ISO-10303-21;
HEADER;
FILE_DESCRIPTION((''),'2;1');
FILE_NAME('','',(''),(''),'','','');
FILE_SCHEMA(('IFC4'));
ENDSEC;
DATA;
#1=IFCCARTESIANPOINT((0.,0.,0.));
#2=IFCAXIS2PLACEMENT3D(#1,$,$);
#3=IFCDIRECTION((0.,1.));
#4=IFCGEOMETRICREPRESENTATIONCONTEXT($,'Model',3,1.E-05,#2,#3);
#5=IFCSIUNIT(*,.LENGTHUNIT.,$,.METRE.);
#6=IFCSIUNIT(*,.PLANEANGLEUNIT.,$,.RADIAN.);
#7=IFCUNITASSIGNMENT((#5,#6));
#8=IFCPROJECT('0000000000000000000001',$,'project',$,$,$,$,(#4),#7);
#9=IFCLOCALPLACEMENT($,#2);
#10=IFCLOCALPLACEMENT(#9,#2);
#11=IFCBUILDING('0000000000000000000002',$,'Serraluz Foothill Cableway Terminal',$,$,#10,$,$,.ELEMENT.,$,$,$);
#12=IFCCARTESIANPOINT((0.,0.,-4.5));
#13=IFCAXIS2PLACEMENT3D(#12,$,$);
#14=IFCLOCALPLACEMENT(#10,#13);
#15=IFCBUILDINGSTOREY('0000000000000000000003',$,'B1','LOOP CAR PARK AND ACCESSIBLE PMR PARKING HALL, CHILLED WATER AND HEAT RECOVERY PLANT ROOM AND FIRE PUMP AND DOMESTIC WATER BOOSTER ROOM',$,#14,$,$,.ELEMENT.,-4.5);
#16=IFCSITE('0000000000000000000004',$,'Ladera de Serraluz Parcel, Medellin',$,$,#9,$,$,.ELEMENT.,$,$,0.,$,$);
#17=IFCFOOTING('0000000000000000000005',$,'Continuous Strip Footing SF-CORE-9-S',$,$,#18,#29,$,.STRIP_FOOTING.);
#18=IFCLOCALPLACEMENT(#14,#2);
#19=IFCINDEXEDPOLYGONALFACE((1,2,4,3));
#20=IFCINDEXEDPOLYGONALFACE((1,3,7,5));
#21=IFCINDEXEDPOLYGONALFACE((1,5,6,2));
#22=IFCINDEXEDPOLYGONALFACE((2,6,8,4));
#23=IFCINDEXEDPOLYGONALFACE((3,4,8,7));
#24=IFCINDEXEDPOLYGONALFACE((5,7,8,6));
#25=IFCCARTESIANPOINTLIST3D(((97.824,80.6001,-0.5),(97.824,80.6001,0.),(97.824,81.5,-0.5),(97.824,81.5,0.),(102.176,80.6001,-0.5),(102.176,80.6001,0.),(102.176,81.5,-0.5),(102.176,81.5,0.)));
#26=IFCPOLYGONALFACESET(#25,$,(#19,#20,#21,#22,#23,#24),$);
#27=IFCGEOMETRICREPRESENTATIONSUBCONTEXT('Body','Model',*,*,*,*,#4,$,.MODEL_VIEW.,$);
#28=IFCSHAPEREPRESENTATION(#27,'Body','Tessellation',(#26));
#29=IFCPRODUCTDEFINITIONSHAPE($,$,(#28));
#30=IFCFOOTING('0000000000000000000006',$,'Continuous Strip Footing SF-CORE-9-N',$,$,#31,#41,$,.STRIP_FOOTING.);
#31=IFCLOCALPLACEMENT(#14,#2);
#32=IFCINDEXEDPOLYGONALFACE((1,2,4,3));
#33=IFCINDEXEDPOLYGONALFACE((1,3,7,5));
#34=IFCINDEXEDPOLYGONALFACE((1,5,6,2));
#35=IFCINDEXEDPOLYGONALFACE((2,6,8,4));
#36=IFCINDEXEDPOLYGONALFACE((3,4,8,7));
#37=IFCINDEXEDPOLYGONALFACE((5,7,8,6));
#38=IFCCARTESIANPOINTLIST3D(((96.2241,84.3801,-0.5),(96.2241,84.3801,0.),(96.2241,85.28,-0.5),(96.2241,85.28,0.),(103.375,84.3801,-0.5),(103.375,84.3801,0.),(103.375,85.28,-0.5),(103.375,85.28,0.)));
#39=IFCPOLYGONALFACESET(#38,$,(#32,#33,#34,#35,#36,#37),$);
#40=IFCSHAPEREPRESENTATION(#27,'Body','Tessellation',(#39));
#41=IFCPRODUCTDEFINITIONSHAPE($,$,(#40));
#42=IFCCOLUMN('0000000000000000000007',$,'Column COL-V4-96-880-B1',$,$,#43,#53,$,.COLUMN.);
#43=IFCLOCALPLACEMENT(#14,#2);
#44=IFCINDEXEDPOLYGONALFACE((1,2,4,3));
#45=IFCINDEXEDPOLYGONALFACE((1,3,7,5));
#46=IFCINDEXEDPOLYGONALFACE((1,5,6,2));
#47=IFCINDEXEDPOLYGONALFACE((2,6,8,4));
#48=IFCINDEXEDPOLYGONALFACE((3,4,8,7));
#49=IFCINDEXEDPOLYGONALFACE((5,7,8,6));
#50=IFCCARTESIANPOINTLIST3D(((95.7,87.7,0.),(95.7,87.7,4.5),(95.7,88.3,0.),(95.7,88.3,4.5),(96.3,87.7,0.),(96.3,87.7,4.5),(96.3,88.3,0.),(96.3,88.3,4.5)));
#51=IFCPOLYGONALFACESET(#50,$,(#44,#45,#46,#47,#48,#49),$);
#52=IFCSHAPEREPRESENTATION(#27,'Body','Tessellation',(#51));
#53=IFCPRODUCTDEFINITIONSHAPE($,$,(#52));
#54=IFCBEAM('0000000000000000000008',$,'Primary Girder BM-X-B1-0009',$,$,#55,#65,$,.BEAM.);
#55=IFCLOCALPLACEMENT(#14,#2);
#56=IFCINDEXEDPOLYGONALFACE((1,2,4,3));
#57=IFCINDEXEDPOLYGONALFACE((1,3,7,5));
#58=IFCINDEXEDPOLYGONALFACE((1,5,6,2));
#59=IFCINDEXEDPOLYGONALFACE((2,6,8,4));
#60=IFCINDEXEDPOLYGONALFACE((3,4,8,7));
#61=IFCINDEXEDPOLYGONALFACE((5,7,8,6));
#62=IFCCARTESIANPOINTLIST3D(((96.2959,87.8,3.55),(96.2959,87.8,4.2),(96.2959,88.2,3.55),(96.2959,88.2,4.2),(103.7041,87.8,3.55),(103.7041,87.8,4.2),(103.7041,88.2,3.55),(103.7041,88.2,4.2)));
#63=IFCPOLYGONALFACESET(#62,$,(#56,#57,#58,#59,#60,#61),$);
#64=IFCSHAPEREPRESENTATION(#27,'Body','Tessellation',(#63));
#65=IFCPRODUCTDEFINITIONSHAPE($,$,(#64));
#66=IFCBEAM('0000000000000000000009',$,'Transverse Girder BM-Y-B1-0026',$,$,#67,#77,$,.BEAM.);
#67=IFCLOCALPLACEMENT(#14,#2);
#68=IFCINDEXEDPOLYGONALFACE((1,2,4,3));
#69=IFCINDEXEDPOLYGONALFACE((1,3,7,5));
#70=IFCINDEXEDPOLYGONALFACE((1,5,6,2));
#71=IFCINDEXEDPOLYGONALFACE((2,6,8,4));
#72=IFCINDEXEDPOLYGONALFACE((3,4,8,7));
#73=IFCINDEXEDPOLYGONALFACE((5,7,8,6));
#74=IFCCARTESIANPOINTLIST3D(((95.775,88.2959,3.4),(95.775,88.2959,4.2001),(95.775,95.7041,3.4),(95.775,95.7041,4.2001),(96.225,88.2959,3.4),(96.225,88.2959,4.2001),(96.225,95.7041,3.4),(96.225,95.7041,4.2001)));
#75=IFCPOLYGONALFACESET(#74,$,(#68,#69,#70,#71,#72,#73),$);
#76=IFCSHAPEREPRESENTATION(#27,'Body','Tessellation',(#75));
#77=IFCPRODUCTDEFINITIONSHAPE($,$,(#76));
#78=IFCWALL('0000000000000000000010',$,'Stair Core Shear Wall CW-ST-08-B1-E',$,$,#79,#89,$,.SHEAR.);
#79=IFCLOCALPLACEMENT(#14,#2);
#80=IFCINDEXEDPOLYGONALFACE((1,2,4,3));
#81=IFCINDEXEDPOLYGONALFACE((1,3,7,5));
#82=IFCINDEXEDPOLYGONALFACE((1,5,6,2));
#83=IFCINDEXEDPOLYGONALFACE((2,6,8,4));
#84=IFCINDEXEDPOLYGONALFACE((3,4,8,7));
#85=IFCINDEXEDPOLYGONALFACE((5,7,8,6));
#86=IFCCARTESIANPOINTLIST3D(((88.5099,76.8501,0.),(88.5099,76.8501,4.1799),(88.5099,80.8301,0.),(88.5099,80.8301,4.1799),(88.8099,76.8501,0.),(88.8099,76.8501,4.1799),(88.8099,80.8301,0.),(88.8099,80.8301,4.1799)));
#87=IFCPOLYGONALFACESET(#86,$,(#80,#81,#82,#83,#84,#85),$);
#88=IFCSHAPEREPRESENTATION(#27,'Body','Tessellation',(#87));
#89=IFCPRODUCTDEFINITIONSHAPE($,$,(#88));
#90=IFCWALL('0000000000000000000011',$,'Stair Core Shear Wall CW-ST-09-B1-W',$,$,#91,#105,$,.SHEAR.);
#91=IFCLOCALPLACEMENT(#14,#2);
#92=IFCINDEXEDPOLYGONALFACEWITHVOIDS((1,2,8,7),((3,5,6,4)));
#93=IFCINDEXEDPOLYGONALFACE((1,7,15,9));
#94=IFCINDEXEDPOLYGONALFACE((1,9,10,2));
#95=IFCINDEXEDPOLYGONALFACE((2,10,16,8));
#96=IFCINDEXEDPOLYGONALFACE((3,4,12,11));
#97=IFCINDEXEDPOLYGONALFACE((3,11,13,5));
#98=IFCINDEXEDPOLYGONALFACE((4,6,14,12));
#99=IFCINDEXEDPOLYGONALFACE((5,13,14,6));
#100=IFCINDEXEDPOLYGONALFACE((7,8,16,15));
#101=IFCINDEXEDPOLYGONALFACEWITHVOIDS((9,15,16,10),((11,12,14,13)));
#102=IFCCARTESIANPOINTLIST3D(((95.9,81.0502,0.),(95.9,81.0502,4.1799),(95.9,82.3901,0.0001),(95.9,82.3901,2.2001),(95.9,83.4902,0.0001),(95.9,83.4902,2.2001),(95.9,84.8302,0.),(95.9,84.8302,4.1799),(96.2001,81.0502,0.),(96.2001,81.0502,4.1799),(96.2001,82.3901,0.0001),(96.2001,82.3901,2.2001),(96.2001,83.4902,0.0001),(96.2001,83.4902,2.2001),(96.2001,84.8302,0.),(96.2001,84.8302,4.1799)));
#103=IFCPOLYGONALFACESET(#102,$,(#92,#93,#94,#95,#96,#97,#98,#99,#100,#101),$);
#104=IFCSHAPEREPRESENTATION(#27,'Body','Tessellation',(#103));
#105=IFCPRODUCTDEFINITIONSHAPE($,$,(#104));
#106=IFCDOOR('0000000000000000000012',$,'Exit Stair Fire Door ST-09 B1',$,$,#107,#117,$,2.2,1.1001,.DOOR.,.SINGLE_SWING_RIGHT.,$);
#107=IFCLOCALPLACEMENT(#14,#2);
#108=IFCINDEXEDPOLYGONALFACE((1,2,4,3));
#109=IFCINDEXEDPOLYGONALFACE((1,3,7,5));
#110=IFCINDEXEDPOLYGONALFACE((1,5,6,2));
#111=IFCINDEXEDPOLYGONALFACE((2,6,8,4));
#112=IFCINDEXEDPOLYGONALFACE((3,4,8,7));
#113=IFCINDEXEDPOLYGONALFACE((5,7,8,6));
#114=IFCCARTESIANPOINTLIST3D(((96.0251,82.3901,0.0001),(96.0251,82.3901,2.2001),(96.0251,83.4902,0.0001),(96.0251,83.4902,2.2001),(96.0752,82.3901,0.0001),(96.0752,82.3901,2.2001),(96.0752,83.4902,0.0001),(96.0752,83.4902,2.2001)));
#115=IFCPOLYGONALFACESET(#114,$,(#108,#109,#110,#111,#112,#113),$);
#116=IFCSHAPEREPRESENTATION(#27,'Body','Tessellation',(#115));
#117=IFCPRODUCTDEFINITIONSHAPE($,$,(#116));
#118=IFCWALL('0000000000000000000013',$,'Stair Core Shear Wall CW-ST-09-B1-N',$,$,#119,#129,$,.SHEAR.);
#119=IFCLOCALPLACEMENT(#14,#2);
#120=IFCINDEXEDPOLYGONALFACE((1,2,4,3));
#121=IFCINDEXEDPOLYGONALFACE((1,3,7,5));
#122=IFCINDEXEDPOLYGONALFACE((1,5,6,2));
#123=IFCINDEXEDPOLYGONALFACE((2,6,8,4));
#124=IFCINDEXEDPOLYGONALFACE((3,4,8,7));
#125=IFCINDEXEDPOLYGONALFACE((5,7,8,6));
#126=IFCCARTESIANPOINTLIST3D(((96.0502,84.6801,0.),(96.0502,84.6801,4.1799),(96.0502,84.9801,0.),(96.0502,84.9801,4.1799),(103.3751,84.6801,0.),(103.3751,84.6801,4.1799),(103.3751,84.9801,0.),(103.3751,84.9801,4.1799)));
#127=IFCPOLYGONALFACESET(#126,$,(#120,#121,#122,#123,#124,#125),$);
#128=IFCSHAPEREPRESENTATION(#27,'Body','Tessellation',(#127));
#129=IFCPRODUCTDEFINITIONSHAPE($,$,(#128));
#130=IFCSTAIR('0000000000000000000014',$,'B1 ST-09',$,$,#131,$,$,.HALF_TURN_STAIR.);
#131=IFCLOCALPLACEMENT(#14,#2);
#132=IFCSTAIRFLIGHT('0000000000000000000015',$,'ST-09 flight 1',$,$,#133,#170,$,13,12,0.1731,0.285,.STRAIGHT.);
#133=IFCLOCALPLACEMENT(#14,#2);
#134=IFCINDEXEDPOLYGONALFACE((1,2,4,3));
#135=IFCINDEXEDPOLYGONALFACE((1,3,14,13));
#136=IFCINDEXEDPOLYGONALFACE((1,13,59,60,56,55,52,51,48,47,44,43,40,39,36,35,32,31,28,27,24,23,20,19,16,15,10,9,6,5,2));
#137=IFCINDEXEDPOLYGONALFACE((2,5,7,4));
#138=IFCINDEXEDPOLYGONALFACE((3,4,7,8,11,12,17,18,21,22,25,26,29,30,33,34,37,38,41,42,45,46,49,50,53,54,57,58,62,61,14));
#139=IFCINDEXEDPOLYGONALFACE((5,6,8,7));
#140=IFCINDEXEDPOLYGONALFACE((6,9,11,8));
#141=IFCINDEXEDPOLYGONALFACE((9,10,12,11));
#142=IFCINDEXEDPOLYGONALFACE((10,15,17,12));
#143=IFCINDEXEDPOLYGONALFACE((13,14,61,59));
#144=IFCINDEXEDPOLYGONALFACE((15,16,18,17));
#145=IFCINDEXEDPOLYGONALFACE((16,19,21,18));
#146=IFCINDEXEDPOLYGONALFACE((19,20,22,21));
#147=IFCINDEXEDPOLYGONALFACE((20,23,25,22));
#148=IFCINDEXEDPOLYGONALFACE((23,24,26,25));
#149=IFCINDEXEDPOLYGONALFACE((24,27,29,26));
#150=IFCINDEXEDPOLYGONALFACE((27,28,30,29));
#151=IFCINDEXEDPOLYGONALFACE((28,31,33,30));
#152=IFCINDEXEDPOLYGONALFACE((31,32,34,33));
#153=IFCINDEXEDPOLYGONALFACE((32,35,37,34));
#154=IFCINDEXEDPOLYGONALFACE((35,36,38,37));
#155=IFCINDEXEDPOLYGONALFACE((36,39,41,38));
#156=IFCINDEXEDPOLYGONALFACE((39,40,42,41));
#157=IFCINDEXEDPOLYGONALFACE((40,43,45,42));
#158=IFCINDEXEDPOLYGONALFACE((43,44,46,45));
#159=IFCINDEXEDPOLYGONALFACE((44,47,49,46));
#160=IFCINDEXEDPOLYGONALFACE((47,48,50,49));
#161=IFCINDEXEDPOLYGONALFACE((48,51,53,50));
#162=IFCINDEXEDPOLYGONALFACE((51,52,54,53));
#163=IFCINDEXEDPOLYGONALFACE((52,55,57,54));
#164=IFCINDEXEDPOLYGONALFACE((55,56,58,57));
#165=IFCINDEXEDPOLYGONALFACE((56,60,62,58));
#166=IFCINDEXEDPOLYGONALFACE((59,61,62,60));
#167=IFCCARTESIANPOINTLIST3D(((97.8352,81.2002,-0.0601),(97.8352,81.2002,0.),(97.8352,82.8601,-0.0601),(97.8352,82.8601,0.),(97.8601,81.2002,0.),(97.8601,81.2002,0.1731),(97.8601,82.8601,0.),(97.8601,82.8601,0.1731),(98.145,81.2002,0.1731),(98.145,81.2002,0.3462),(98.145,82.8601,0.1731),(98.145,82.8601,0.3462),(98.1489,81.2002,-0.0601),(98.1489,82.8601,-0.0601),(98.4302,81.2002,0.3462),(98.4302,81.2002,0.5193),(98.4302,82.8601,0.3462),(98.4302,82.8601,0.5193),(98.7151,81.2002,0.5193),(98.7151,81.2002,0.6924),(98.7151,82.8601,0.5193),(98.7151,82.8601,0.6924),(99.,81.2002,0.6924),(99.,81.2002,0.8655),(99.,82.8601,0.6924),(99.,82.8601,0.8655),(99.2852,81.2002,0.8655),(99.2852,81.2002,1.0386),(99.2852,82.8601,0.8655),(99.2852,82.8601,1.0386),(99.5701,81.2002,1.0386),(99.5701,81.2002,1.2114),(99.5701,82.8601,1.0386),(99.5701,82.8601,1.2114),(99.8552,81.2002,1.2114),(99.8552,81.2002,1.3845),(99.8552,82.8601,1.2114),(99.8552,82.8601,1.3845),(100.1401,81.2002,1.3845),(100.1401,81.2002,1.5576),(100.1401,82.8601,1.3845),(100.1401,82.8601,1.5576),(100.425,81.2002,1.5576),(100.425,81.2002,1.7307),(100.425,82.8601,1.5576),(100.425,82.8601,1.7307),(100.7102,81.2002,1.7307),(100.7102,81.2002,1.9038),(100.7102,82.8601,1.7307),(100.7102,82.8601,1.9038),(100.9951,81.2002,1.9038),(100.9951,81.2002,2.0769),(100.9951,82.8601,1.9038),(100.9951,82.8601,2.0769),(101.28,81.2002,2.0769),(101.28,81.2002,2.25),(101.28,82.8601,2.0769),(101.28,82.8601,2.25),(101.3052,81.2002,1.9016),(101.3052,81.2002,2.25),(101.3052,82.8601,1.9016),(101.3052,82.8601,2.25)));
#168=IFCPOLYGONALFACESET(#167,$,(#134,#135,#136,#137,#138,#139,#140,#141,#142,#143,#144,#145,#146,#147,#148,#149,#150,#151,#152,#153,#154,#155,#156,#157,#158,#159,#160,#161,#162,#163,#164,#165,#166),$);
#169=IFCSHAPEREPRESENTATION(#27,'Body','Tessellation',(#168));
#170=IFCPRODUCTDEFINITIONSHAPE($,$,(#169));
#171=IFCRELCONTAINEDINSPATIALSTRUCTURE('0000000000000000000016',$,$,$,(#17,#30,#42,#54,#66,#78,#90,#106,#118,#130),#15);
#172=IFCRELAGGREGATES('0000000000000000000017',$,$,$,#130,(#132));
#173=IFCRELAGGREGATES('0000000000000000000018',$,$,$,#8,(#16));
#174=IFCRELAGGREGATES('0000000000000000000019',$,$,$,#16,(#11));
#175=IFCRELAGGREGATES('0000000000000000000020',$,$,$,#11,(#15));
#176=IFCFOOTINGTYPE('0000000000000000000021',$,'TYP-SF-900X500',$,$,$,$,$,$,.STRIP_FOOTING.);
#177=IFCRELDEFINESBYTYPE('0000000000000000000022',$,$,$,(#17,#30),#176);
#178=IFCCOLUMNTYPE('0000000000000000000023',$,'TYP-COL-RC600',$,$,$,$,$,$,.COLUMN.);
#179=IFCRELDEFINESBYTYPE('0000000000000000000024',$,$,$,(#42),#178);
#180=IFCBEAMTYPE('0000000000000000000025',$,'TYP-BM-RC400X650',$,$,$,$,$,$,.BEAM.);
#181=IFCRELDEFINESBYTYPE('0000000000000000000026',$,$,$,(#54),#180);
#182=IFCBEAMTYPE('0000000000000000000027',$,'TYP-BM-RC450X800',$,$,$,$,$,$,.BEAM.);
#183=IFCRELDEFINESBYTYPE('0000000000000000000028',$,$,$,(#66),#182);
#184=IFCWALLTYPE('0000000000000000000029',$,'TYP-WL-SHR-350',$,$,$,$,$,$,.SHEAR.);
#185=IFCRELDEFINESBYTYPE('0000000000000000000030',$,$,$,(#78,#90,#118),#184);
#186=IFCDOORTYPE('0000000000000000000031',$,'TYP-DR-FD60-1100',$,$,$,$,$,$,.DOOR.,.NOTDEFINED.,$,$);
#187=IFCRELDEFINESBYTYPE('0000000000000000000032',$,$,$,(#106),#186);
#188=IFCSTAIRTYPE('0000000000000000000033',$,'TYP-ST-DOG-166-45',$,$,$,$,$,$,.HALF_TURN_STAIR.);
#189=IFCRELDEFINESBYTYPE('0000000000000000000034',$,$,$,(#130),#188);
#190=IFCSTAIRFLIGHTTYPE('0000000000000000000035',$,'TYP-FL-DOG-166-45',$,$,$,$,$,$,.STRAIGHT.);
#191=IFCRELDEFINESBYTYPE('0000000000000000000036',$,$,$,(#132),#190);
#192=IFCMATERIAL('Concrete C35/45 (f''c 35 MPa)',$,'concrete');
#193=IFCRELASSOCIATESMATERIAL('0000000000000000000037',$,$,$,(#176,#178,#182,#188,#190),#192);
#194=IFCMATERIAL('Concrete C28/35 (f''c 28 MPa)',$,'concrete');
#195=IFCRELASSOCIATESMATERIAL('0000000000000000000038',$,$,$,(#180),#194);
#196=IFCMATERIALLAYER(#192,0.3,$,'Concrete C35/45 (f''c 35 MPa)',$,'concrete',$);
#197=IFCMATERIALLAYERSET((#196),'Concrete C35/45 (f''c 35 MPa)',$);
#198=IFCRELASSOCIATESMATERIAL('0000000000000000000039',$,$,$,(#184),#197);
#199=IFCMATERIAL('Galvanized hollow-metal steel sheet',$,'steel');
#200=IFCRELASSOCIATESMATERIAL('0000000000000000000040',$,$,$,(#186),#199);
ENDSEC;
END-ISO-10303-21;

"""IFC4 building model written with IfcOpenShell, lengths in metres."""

from ifc_helpers import new_model, si_unit, direction, frame, frame_2d, origin, origin_2d, place, context, subcontext, project, spatial, polyline, rectangle, outline, extrude, material, layer, layer_set, material_profile, profile_set, type_object, element, fill, aggregate, save


model = new_model("IFC4")

# Units and contexts
model_context = context("Model", 3, precision=1e-05, world=origin(), true_north=direction((0.0, 1.0)))
body_context = subcontext(model_context, "Body", "Model", "MODEL_VIEW")
ifc_project = project(units=[si_unit("LENGTHUNIT", "METRE"), si_unit("PLANEANGLEUNIT", "RADIAN")], contexts=[model_context])

# Site, building, storey
site_placement = place(None, origin())
site = spatial("IfcSite", under=ifc_project, at=site_placement, Name="Ladera de Serraluz Parcel, Medellin", CompositionType="ELEMENT", RefElevation=0.0)
building_placement = place(site_placement, origin())
building = spatial("IfcBuilding", under=site, at=building_placement, Name="Serraluz Foothill Cableway Terminal", CompositionType="ELEMENT")
storey_placement = place(building_placement, frame((0.0, 0.0, -4.5)))
storey = spatial("IfcBuildingStorey", under=building, at=storey_placement, Name="B1", Description="LOOP CAR PARK AND ACCESSIBLE PMR PARKING HALL, CHILLED WATER AND HEAT RECOVERY PLANT ROOM AND FIRE PUMP AND DOMESTIC WATER BOOSTER ROOM", CompositionType="ELEMENT", Elevation=-4.5)

# Shared definitions
ifc_material_1 = material(Name="Concrete C35/45 (f'c 35 MPa)", Category="concrete")

# Shared definitions
ifc_material_2 = material(Name="Concrete C28/35 (f'c 28 MPa)", Category="concrete")

# Footings
ifc_material_profile_1 = material_profile(ifc_material_1, rectangle(XDim=0.8999, YDim=0.5, at=origin_2d()), Name="SF 900x500")
ifc_profile_set_1 = profile_set([ifc_material_profile_1], Name="Concrete C35/45 (f'c 35 MPa)")
footing_type_1 = type_object("IfcFootingType", Name="TYP-SF-900X500", PredefinedType="STRIP_FOOTING", material=ifc_profile_set_1)
footing_1_placement = place(storey_placement, frame((97.824, 81.05, -0.25), z_axis=(1.0, 0.0, 0.0), x_axis=(0.0, 1.0, 0.0)))
element("IfcFooting", 1, at=footing_1_placement, inside=storey, type_object=footing_type_1, Name="Continuous Strip Footing SF-CORE-9-S", PredefinedType="STRIP_FOOTING", context=body_context, shape_type="SweptSolid", body=[
    extrude(rectangle(XDim=0.8999, YDim=0.5, at=origin_2d()), origin(), (0.0, 0.0, 1.0), 4.3521),
])
footing_2_placement = place(storey_placement, frame((96.2241, 84.8301, -0.25), z_axis=(1.0, 0.0, 0.0), x_axis=(0.0, 1.0, 0.0)))
element("IfcFooting", 2, at=footing_2_placement, inside=storey, type_object=footing_type_1, Name="Continuous Strip Footing SF-CORE-9-N", PredefinedType="STRIP_FOOTING", context=body_context, shape_type="SweptSolid", body=[
    extrude(rectangle(XDim=0.8999, YDim=0.5, at=origin_2d()), origin(), (0.0, 0.0, 1.0), 7.1509),
])

# Column
ifc_material_profile_2 = material_profile(ifc_material_1, rectangle(XDim=0.6001, YDim=0.6001, at=origin_2d()), Name="RC 600x600")
ifc_profile_set_2 = profile_set([ifc_material_profile_2], Name="Concrete C35/45 (f'c 35 MPa)")
column_type = type_object("IfcColumnType", Name="TYP-COL-RC600", PredefinedType="COLUMN", material=ifc_profile_set_2)
column_placement = place(storey_placement, frame((96.0, 88.0, 0.0), z_axis=(0.0, 0.0, 1.0), x_axis=(1.0, 0.0, 0.0)))
element("IfcColumn", 3, at=column_placement, inside=storey, type_object=column_type, Name="Column COL-V4-96-880-B1", PredefinedType="COLUMN", context=body_context, shape_type="SweptSolid", body=[
    extrude(rectangle(XDim=0.6001, YDim=0.6001, at=origin_2d()), origin(), (0.0, 0.0, 1.0), 4.5),
])

# Beams
ifc_material_profile_3 = material_profile(ifc_material_2, rectangle(XDim=0.3999, YDim=0.6499, at=origin_2d()), Name="RC 400x650")
ifc_profile_set_3 = profile_set([ifc_material_profile_3], Name="Concrete C28/35 (f'c 28 MPa)")
beam_type_1 = type_object("IfcBeamType", Name="TYP-BM-RC400X650", PredefinedType="BEAM", material=ifc_profile_set_3)
beam_1_placement = place(storey_placement, frame((96.2959, 88.0, 3.875), z_axis=(1.0, 0.0, 0.0), x_axis=(0.0, 1.0, 0.0)))
element("IfcBeam", 4, at=beam_1_placement, inside=storey, type_object=beam_type_1, Name="Primary Girder BM-X-B1-0009", PredefinedType="BEAM", context=body_context, shape_type="SweptSolid", body=[
    extrude(rectangle(XDim=0.3999, YDim=0.6499, at=origin_2d()), origin(), (0.0, 0.0, 1.0), 7.4082),
])
ifc_material_profile_4 = material_profile(ifc_material_1, rectangle(XDim=0.45, YDim=0.8, at=origin_2d()), Name="RC 450x800")
ifc_profile_set_4 = profile_set([ifc_material_profile_4], Name="Concrete C35/45 (f'c 35 MPa)")
beam_type_2 = type_object("IfcBeamType", Name="TYP-BM-RC450X800", PredefinedType="BEAM", material=ifc_profile_set_4)
beam_2_placement = place(storey_placement, frame((96.0, 88.2959, 3.8), z_axis=(0.0, 1.0, 0.0), x_axis=(-1.0, 0.0, 0.0)))
element("IfcBeam", 5, at=beam_2_placement, inside=storey, type_object=beam_type_2, Name="Transverse Girder BM-Y-B1-0026", PredefinedType="BEAM", context=body_context, shape_type="SweptSolid", body=[
    extrude(rectangle(XDim=0.45, YDim=0.8, at=origin_2d()), origin(), (0.0, 0.0, 1.0), 7.4082),
])

# Wall
ifc_layer_1 = layer(ifc_material_1, 0.3, Name="Concrete C35/45 (f'c 35 MPa)", Category="concrete")
ifc_layer_set_1 = layer_set([ifc_layer_1], Name="Concrete C35/45 (f'c 35 MPa)")
wall_type = type_object("IfcWallType", Name="TYP-WL-SHR-350", PredefinedType="SHEAR", material=ifc_layer_set_1)
wall_1_placement = place(storey_placement, frame((88.6599, 80.8301, 0.0), z_axis=(0.0, 0.0, 1.0), x_axis=(0.0, -1.0, 0.0)))
element("IfcWall", 6, at=wall_1_placement, inside=storey, type_object=wall_type, Name="Stair Core Shear Wall CW-ST-08-B1-E", PredefinedType="SHEAR", context=body_context, shape_type="SweptSolid", body=[
    extrude(rectangle(XDim=3.98, YDim=0.3, at=frame_2d((1.99, 0.0))), origin(), (0.0, 0.0, 1.0), 4.1799),
])

# Wall, opening, door
wall_2_placement = place(storey_placement, frame((96.05, 81.05, 0.0), z_axis=(0.0, 0.0, 1.0), x_axis=(0.0, 1.0, 0.0)))
wall_2 = element("IfcWall", 7, at=wall_2_placement, inside=storey, type_object=wall_type, Name="Stair Core Shear Wall CW-ST-09-B1-W", PredefinedType="SHEAR", context=body_context, shape_type="SweptSolid", body=[
    extrude(rectangle(XDim=3.78, YDim=0.3, at=frame_2d((1.8901, 0.0))), origin(), (0.0, 0.0, 1.0), 4.1799),
])
opening_placement = place(wall_2_placement, frame((1.3401, 0.0, 0.0)))
opening = element("IfcOpeningElement", 8, at=opening_placement, cuts=wall_2, PredefinedType="OPENING", context=body_context, shape_type="SweptSolid", body=[
    extrude(rectangle(XDim=1.1001, YDim=2.2, at=frame_2d((0.55, 1.1001))), frame((0.0, 0.1602, 0.0), z_axis=(0.0, -1.0, 0.0), x_axis=(1.0, 0.0, 0.0)), (0.0, 0.0, 1.0), 0.3201),
])
ifc_material_3 = material(Name="Galvanized hollow-metal steel sheet", Category="steel")
door_type = type_object("IfcDoorType", Name="TYP-DR-FD60-1100", OperationType="NOTDEFINED", PredefinedType="DOOR", material=ifc_material_3)
door_placement = place(opening_placement, origin())
door = element("IfcDoor", 9, at=door_placement, inside=storey, type_object=door_type, Name="Exit Stair Fire Door ST-09 B1", OperationType="SINGLE_SWING_RIGHT", OverallHeight=2.2, OverallWidth=1.1001, PredefinedType="DOOR", context=body_context, shape_type="SweptSolid", body=[
    extrude(rectangle(XDim=1.1001, YDim=2.2, at=frame_2d((0.55, 1.1001))), frame((0.0, 0.0249, 0.0), z_axis=(0.0, -1.0, 0.0), x_axis=(1.0, 0.0, 0.0)), (0.0, 0.0, 1.0), 0.05),
])
fill(opening, door)

# Wall
wall_3_placement = place(storey_placement, frame((96.05, 84.8301, 0.0), z_axis=(0.0, 0.0, 1.0), x_axis=(1.0, 0.0, 0.0)))
element("IfcWall", 10, at=wall_3_placement, inside=storey, type_object=wall_type, Name="Stair Core Shear Wall CW-ST-09-B1-N", PredefinedType="SHEAR", context=body_context, shape_type="SweptSolid", body=[
    extrude(rectangle(XDim=7.325, YDim=0.3, at=frame_2d((3.6626, 0.0))), origin(), (0.0, 0.0, 1.0), 4.1799),
])

# Stair, stair flight
stair_type = type_object("IfcStairType", Name="TYP-ST-DOG-166-45", PredefinedType="HALF_TURN_STAIR", material=ifc_material_1)
stair_placement = place(storey_placement, origin())
stair = element("IfcStair", 11, at=stair_placement, inside=storey, type_object=stair_type, Name="B1 ST-09", PredefinedType="HALF_TURN_STAIR")
stair_flight_type = type_object("IfcStairFlightType", Name="TYP-FL-DOG-166-45", PredefinedType="STRAIGHT", material=ifc_material_1)
stair_flight_1_placement = place(storey_placement, frame((97.8601, 82.03, 0.0), z_axis=(0.0, 0.0, 1.0), x_axis=(1.0, 0.0, 0.0)))
stair_flight_1 = element("IfcStairFlight", 12, at=stair_flight_1_placement, type_object=stair_flight_type, Name="ST-09 flight 1", NumberOfRisers=13, NumberOfTreads=12, PredefinedType="STRAIGHT", RiserHeight=0.1731, TreadLength=0.285, context=body_context, shape_type="SweptSolid", body=[
    extrude(outline(polyline([(-0.0249, -0.0601), (-0.0249, 0.0), (0.0, 0.0), (0.0, 0.1731), (0.2849, 0.1731), (0.2849, 0.3462), (0.5701, 0.3462), (0.5701, 0.5193), (0.855, 0.5193), (0.855, 0.6924), (1.1399, 0.6924), (1.1399, 0.8655), (1.425, 0.8655), (1.425, 1.0386), (1.71, 1.0386), (1.71, 1.2114), (1.9951, 1.2114), (1.9951, 1.3845), (2.28, 1.3845), (2.28, 1.5576), (2.5649, 1.5576), (2.5649, 1.7307), (2.8501, 1.7307), (2.8501, 1.9038), (3.135, 1.9038), (3.135, 2.0769), (3.4199, 2.0769), (3.4199, 2.25), (3.4451, 2.25), (3.4451, 1.9016), (0.2888, -0.0601), (-0.0249, -0.0601)])), frame((0.0, 0.8301, 0.0), z_axis=(0.0, -1.0, 0.0), x_axis=(1.0, 0.0, 0.0)), (0.0, 0.0, 1.0), 1.6599),
])
aggregate(stair, [stair_flight_1])

save(model, "model.ifc")
